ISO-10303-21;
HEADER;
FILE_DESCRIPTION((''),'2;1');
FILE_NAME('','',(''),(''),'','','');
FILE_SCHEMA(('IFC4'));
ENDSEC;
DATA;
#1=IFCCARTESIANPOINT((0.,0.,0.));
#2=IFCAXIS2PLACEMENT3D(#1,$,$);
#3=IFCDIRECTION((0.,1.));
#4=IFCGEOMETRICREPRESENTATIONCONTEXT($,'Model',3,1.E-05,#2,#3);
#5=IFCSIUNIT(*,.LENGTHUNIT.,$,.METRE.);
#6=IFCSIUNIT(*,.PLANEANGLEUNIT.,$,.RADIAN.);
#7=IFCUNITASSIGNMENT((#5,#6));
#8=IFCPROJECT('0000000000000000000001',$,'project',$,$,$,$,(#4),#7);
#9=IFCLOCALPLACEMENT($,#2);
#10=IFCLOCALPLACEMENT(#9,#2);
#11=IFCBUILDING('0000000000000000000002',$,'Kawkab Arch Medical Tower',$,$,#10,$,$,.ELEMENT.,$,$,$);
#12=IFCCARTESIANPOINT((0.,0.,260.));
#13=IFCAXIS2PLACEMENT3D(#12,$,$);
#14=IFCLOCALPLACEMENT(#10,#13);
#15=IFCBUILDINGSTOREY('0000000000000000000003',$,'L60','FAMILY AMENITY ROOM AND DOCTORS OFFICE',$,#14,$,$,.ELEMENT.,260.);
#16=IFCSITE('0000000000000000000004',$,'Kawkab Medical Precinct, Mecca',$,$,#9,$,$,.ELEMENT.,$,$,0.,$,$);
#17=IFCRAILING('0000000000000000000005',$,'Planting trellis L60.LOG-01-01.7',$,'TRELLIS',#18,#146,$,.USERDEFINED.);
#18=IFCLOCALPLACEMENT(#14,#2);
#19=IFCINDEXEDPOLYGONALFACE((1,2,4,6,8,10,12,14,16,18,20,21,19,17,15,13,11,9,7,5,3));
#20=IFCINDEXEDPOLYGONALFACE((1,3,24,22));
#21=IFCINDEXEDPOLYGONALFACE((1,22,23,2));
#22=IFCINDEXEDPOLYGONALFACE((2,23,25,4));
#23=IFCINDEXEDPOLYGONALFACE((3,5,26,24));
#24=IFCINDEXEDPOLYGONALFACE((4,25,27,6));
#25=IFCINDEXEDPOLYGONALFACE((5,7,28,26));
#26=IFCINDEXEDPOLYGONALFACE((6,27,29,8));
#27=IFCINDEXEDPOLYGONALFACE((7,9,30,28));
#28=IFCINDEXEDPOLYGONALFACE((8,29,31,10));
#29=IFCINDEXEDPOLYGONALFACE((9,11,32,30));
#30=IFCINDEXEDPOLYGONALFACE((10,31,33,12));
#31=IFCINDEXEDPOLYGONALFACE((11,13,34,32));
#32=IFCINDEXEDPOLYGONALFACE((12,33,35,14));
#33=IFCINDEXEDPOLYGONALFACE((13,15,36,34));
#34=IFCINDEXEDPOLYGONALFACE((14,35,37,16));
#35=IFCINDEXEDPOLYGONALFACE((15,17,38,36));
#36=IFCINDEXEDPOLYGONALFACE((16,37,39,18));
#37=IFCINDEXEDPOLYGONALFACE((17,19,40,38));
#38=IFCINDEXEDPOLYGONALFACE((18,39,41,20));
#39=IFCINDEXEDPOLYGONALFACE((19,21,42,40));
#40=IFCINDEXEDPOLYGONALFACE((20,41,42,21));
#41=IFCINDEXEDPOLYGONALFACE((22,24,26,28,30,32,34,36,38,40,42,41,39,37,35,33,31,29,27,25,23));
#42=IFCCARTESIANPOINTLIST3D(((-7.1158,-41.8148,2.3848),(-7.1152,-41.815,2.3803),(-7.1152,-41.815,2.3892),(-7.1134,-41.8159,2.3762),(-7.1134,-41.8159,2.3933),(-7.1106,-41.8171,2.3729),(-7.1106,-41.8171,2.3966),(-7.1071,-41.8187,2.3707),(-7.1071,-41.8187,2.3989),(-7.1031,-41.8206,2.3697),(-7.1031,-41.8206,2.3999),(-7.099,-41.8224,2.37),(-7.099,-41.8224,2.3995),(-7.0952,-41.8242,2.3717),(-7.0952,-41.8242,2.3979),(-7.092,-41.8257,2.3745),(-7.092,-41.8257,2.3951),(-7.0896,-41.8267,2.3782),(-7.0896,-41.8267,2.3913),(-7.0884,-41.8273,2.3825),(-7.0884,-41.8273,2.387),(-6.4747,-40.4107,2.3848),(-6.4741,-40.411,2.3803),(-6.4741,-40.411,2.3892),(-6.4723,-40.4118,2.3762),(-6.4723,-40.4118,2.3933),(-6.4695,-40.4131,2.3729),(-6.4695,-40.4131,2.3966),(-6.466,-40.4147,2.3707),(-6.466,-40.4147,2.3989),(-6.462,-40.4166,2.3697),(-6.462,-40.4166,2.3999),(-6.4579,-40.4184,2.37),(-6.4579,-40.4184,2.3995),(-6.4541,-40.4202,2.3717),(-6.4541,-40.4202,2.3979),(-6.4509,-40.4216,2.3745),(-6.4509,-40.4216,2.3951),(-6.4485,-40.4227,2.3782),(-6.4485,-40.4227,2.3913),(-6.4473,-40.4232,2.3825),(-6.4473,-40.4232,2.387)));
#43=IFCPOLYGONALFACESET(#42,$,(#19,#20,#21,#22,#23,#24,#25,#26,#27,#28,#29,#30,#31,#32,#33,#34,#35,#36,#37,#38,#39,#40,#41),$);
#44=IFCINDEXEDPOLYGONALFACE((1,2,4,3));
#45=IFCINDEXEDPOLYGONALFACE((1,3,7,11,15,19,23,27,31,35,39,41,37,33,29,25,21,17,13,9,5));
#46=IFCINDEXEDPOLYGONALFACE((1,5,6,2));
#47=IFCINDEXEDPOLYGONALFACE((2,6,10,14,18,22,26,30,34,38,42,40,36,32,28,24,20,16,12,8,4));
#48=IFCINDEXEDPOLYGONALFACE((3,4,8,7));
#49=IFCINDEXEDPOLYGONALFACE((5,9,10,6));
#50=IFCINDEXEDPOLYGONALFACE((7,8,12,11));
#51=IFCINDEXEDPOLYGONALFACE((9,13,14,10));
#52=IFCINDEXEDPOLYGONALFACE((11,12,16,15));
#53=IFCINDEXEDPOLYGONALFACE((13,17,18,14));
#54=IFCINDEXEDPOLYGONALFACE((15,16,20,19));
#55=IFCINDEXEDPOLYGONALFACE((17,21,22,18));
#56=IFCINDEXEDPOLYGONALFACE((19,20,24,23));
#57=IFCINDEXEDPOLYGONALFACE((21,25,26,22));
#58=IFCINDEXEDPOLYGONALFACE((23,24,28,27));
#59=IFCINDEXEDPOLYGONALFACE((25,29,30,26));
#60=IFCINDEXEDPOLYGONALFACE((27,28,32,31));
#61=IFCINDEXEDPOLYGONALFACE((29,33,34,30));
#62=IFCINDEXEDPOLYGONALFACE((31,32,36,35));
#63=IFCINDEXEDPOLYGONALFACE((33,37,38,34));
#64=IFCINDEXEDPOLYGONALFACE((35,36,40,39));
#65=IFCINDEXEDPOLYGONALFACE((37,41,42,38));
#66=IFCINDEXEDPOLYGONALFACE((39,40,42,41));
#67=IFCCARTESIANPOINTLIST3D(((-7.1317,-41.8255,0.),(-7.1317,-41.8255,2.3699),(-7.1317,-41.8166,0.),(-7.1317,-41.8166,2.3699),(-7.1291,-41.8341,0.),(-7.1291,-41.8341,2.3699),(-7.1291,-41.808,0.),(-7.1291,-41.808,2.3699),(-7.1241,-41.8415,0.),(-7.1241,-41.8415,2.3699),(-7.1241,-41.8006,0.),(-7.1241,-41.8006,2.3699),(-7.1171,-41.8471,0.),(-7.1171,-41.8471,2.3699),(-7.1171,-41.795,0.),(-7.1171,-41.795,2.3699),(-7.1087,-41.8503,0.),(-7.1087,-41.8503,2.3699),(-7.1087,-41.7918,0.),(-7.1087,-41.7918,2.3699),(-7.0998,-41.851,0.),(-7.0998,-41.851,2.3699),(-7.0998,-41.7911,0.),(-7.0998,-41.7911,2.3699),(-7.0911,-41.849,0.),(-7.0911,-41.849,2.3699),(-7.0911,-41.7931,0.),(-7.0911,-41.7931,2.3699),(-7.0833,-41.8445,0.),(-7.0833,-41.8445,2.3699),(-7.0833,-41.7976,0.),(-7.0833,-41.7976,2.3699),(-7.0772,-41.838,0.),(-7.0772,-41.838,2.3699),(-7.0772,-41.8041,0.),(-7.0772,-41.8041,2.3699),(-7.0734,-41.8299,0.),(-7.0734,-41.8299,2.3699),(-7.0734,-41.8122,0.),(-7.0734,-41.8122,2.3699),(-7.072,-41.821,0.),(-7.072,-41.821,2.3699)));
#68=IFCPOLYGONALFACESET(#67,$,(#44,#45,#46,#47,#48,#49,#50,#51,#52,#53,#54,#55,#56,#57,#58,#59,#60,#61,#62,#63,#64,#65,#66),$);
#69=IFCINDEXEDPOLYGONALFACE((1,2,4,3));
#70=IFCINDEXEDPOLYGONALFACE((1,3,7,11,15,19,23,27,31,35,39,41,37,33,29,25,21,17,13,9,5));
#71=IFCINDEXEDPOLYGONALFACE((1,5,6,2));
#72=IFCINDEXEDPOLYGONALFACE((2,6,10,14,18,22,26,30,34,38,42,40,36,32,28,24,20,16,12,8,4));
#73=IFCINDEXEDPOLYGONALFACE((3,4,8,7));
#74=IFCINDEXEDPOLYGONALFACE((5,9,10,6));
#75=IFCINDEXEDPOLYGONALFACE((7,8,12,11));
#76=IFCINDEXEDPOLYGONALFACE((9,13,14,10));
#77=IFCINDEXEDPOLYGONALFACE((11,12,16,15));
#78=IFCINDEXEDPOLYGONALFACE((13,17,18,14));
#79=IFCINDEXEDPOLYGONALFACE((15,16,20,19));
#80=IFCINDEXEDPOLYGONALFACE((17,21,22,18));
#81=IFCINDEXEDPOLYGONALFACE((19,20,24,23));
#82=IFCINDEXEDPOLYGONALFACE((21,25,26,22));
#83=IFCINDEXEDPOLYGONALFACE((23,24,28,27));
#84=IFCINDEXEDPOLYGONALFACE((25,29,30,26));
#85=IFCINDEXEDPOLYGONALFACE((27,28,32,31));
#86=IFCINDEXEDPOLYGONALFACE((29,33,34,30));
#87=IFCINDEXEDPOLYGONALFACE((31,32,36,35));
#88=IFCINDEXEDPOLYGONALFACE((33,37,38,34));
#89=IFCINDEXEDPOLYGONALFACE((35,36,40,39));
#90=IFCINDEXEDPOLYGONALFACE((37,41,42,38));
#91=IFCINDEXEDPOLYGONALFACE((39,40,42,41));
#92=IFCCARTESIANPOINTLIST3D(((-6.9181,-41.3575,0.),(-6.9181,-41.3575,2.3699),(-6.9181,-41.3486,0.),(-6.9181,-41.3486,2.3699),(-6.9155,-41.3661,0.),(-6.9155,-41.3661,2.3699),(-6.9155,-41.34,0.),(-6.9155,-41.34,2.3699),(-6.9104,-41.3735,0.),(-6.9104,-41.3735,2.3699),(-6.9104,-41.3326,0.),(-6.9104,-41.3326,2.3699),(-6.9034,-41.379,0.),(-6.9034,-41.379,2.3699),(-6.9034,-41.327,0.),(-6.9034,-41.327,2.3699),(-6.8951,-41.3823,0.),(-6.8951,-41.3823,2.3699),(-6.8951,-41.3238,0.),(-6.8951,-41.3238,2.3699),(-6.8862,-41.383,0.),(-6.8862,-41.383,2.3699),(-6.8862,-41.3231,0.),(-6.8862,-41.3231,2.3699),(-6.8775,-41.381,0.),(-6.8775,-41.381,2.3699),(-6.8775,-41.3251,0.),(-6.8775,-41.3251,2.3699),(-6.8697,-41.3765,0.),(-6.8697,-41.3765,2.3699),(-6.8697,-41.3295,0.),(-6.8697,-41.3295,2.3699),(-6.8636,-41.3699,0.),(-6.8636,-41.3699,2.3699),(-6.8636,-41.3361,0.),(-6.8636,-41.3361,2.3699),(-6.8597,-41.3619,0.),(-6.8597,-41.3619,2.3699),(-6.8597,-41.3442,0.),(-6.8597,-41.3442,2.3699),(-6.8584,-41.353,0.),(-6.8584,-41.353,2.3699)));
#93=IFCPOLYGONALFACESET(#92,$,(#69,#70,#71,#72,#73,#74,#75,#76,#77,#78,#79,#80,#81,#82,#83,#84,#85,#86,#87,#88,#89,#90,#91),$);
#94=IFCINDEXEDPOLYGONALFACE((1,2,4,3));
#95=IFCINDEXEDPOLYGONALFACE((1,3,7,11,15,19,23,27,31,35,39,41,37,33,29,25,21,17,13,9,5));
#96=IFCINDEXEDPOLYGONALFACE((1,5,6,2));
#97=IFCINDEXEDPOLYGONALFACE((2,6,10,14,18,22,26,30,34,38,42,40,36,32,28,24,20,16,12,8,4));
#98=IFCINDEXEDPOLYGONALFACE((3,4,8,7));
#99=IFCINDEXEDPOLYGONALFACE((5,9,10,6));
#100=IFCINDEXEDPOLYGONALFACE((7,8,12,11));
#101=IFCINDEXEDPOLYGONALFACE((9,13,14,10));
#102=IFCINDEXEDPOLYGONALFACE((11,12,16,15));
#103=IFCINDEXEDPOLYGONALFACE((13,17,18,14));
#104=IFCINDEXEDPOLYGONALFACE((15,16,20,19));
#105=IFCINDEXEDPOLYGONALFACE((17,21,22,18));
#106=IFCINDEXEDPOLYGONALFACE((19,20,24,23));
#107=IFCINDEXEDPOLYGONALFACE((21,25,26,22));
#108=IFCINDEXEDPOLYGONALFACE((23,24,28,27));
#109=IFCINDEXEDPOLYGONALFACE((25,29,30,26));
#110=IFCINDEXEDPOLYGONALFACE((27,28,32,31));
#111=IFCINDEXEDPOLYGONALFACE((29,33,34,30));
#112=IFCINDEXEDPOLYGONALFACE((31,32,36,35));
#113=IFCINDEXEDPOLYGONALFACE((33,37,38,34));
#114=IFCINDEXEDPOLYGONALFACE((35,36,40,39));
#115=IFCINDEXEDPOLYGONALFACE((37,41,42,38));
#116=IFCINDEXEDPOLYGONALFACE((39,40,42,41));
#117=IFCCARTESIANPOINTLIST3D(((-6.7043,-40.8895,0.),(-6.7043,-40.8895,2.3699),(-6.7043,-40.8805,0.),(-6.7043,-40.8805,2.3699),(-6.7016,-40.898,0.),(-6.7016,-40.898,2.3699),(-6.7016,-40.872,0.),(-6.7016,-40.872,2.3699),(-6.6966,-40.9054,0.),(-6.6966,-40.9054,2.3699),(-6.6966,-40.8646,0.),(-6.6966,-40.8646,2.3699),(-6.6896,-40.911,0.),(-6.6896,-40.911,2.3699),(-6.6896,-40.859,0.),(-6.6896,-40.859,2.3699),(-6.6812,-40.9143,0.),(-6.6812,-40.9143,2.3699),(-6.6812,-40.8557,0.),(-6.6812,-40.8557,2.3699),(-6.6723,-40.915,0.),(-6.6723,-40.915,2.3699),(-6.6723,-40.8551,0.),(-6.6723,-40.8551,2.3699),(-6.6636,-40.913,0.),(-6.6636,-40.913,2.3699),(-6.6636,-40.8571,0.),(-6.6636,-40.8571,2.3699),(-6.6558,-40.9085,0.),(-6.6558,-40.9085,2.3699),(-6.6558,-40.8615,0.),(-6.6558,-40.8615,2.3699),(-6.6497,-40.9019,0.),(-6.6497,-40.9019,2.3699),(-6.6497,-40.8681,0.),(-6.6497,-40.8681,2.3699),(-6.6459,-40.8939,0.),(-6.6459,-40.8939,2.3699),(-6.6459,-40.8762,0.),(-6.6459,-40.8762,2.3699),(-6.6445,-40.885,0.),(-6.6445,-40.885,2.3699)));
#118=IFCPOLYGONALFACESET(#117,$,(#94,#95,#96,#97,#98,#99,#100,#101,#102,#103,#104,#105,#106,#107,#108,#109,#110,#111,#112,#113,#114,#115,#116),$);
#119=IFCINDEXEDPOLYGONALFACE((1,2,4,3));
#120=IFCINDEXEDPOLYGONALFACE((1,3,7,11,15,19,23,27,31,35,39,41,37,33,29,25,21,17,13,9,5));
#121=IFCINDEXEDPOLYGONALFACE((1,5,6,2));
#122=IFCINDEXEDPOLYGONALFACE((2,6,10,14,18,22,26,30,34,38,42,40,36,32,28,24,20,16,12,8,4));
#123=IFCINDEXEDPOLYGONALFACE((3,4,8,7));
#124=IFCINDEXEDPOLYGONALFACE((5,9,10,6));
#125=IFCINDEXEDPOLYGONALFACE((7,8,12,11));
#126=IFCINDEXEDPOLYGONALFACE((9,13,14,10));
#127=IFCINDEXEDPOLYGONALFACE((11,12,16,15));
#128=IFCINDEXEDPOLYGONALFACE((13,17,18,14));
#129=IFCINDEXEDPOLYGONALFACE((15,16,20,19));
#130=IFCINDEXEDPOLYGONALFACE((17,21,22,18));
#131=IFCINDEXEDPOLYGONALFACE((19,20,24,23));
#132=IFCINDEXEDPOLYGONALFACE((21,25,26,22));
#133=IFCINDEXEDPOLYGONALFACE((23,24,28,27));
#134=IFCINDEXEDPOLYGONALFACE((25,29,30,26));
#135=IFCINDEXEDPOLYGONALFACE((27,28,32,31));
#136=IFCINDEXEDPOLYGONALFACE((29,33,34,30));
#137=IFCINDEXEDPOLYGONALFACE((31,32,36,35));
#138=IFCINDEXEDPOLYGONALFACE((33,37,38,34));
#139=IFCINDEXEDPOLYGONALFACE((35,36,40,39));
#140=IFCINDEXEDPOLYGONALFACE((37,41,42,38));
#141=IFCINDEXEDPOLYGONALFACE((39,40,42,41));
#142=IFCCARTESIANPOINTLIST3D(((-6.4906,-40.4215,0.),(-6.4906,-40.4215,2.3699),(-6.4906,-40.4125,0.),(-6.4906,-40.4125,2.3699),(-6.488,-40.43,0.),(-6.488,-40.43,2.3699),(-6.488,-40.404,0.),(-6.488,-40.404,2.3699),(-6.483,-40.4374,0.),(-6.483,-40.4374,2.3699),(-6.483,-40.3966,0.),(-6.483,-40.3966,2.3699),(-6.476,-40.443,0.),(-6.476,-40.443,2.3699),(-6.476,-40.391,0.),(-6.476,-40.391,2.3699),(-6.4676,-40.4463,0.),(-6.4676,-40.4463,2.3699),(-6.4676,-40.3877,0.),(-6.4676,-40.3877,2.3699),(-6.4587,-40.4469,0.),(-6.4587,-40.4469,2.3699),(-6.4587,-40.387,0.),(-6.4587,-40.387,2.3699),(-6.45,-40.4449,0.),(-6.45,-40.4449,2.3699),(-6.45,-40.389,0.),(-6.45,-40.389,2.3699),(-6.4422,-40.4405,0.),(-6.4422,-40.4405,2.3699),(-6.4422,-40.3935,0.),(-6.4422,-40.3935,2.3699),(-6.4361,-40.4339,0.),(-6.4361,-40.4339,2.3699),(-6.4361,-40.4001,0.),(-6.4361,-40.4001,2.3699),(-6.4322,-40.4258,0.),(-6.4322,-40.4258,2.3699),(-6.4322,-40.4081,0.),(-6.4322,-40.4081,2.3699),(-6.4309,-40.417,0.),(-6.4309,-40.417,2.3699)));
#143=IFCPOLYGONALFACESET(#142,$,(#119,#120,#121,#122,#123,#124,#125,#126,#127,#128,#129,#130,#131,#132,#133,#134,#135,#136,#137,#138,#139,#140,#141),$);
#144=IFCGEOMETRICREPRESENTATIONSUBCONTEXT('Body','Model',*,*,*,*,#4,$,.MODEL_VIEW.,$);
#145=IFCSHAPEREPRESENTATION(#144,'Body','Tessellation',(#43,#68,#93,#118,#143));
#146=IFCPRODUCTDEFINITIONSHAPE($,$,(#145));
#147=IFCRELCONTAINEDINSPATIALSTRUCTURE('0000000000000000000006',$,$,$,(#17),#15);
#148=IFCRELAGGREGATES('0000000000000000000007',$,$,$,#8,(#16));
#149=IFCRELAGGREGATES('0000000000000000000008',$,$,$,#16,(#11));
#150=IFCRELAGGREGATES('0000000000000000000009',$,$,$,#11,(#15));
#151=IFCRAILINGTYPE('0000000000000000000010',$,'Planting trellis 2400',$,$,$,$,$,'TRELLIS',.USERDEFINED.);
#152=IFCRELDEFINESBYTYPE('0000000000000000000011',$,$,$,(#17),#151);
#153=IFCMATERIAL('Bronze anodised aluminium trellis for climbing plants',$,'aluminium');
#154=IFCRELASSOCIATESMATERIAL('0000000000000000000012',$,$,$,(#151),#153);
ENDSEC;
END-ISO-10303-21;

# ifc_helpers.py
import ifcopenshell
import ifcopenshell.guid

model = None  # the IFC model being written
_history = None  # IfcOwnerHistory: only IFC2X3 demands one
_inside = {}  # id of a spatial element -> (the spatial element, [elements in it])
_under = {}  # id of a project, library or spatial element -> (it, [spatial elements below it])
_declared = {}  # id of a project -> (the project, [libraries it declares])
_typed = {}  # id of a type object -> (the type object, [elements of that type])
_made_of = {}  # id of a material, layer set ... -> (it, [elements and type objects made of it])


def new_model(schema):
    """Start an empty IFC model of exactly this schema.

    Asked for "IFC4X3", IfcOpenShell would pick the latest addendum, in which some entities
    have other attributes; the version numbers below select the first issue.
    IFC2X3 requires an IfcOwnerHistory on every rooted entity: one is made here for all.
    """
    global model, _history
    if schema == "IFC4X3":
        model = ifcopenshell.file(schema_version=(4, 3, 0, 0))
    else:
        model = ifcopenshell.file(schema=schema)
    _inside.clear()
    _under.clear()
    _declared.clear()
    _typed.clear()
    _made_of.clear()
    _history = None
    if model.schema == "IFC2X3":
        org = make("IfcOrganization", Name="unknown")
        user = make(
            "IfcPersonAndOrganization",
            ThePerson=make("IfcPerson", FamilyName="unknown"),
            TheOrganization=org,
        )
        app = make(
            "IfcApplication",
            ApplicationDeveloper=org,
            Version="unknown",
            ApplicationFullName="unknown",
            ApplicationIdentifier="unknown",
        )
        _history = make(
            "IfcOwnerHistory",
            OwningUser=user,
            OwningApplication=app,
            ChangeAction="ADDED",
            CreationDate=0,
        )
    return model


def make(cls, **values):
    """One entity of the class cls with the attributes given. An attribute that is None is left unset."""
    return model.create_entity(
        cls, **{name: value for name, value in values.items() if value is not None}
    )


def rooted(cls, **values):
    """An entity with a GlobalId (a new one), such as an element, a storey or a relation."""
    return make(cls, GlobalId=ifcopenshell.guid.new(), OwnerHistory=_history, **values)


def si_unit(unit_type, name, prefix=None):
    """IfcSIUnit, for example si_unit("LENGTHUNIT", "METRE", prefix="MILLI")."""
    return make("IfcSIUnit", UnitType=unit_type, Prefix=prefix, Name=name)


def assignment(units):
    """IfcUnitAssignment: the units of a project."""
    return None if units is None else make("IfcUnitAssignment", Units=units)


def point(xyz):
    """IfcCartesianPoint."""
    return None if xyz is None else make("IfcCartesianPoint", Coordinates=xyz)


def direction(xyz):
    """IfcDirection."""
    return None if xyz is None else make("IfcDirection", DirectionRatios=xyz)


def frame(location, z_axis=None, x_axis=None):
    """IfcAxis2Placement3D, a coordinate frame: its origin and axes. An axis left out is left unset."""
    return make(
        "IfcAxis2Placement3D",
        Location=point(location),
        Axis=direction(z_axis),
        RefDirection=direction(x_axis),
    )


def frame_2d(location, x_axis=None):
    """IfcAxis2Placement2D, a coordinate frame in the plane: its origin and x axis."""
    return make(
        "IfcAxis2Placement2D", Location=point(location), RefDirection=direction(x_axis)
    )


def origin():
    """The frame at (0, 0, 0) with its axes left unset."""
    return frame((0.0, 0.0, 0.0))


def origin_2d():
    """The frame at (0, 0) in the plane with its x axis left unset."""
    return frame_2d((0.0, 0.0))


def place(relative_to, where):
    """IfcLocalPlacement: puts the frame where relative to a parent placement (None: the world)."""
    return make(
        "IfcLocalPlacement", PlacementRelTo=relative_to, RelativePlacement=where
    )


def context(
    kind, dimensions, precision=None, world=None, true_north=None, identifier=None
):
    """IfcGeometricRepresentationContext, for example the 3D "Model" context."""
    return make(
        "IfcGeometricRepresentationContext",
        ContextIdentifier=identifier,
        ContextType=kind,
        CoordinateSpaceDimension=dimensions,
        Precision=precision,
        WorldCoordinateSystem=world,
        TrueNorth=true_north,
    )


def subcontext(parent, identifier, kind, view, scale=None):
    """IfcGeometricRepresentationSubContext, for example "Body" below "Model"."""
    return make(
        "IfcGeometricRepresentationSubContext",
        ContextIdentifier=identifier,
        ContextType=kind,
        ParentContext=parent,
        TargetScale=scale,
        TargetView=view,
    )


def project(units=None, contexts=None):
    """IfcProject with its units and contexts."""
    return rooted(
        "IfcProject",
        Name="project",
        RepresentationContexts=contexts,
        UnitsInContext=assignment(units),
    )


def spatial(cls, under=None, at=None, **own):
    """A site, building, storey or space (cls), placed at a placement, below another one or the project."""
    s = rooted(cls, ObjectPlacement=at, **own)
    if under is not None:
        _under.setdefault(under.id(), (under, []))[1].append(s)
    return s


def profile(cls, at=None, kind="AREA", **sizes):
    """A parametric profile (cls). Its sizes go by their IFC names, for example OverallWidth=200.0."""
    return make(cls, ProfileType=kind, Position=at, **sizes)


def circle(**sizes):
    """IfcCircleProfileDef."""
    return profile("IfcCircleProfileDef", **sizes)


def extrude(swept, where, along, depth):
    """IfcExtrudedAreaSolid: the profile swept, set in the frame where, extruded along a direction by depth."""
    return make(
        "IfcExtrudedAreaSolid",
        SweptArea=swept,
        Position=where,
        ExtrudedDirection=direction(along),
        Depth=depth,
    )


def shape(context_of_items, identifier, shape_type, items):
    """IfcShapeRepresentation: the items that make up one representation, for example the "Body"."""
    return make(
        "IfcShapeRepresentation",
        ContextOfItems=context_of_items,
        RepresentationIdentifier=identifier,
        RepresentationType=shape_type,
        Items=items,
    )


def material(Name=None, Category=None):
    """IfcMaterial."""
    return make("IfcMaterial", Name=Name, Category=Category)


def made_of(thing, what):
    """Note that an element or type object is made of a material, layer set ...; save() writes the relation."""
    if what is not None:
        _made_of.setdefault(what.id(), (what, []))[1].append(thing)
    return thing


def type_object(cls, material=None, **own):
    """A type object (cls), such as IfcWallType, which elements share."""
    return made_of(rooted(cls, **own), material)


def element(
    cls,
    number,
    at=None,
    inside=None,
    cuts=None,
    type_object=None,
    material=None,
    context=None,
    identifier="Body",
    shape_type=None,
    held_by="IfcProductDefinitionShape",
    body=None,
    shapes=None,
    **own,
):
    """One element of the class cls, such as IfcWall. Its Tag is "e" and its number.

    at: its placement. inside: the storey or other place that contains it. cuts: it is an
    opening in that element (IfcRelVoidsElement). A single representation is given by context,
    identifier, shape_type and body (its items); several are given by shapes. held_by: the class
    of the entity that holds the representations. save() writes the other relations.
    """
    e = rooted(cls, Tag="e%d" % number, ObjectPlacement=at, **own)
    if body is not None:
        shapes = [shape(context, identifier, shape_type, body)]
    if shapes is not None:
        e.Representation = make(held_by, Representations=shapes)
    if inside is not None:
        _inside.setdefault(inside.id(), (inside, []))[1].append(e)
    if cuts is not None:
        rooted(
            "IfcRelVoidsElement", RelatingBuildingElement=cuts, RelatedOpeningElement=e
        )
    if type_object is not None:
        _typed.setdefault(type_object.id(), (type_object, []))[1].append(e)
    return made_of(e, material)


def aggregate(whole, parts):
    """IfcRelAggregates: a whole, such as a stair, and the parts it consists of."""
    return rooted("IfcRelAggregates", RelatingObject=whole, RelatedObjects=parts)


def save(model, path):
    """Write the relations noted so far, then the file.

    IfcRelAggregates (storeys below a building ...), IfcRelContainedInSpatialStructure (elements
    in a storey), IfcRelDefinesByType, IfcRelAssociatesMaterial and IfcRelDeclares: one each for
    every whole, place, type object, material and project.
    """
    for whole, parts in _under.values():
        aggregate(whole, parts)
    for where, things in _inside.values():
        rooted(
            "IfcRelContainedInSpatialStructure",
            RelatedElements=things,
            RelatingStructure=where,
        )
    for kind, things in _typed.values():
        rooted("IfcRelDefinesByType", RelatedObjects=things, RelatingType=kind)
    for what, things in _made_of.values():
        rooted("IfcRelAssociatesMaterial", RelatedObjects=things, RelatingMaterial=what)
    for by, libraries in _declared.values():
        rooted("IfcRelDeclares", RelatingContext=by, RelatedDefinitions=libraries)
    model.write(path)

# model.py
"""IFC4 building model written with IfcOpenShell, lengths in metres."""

from ifc_helpers import new_model, si_unit, direction, frame, origin, origin_2d, place, context, subcontext, project, spatial, circle, extrude, material, type_object, element, save


model = new_model("IFC4")

# Units and contexts
model_context = context("Model", 3, precision=1e-05, world=origin(), true_north=direction((0.0, 1.0)))
body_context = subcontext(model_context, "Body", "Model", "MODEL_VIEW")
ifc_project = project(units=[si_unit("LENGTHUNIT", "METRE"), si_unit("PLANEANGLEUNIT", "RADIAN")], contexts=[model_context])

# Site, building, storey
site_placement = place(None, origin())
site = spatial("IfcSite", under=ifc_project, at=site_placement, Name="Kawkab Medical Precinct, Mecca", CompositionType="ELEMENT", RefElevation=0.0)
building_placement = place(site_placement, origin())
building = spatial("IfcBuilding", under=site, at=building_placement, Name="Kawkab Arch Medical Tower", CompositionType="ELEMENT")
storey_placement = place(building_placement, frame((0.0, 0.0, 260.0)))
storey = spatial("IfcBuildingStorey", under=building, at=storey_placement, Name="L60", Description="FAMILY AMENITY ROOM AND DOCTORS OFFICE", CompositionType="ELEMENT", Elevation=260.0)

# Railing
ifc_material_1 = material(Name="Bronze anodised aluminium trellis for climbing plants", Category="aluminium")
railing_type_1 = type_object("IfcRailingType", Name="Planting trellis 2400", ElementType="TRELLIS", PredefinedType="USERDEFINED", material=ifc_material_1)
railing_1_placement = place(storey_placement, frame((-7.1021, -41.821, 0.0)))
element("IfcRailing", 1, at=railing_1_placement, inside=storey, type_object=railing_type_1, Name="Planting trellis L60.LOG-01-01.7", ObjectType="TRELLIS", PredefinedType="USERDEFINED", context=body_context, shape_type="SweptSolid", body=[
    extrude(circle(Radius=0.0151, at=origin_2d()), frame((0.0, 0.0, 2.3848), z_axis=(0.415363, 0.909656, 0.0), x_axis=(-0.909656, 0.415363, 0.0)), (0.0, 0.0, 1.0), 1.5435),
    extrude(circle(Radius=0.03, at=origin_2d()), origin(), (0.0, 0.0, 1.0), 2.3699),
    extrude(circle(Radius=0.03, at=origin_2d()), frame((0.2136, 0.468, 0.0)), (0.0, 0.0, 1.0), 2.3699),
    extrude(circle(Radius=0.03, at=origin_2d()), frame((0.4275, 0.936, 0.0)), (0.0, 0.0, 1.0), 2.3699),
    extrude(circle(Radius=0.03, at=origin_2d()), frame((0.6411, 1.4041, 0.0)), (0.0, 0.0, 1.0), 2.3699),
])

save(model, "model.ifc")
